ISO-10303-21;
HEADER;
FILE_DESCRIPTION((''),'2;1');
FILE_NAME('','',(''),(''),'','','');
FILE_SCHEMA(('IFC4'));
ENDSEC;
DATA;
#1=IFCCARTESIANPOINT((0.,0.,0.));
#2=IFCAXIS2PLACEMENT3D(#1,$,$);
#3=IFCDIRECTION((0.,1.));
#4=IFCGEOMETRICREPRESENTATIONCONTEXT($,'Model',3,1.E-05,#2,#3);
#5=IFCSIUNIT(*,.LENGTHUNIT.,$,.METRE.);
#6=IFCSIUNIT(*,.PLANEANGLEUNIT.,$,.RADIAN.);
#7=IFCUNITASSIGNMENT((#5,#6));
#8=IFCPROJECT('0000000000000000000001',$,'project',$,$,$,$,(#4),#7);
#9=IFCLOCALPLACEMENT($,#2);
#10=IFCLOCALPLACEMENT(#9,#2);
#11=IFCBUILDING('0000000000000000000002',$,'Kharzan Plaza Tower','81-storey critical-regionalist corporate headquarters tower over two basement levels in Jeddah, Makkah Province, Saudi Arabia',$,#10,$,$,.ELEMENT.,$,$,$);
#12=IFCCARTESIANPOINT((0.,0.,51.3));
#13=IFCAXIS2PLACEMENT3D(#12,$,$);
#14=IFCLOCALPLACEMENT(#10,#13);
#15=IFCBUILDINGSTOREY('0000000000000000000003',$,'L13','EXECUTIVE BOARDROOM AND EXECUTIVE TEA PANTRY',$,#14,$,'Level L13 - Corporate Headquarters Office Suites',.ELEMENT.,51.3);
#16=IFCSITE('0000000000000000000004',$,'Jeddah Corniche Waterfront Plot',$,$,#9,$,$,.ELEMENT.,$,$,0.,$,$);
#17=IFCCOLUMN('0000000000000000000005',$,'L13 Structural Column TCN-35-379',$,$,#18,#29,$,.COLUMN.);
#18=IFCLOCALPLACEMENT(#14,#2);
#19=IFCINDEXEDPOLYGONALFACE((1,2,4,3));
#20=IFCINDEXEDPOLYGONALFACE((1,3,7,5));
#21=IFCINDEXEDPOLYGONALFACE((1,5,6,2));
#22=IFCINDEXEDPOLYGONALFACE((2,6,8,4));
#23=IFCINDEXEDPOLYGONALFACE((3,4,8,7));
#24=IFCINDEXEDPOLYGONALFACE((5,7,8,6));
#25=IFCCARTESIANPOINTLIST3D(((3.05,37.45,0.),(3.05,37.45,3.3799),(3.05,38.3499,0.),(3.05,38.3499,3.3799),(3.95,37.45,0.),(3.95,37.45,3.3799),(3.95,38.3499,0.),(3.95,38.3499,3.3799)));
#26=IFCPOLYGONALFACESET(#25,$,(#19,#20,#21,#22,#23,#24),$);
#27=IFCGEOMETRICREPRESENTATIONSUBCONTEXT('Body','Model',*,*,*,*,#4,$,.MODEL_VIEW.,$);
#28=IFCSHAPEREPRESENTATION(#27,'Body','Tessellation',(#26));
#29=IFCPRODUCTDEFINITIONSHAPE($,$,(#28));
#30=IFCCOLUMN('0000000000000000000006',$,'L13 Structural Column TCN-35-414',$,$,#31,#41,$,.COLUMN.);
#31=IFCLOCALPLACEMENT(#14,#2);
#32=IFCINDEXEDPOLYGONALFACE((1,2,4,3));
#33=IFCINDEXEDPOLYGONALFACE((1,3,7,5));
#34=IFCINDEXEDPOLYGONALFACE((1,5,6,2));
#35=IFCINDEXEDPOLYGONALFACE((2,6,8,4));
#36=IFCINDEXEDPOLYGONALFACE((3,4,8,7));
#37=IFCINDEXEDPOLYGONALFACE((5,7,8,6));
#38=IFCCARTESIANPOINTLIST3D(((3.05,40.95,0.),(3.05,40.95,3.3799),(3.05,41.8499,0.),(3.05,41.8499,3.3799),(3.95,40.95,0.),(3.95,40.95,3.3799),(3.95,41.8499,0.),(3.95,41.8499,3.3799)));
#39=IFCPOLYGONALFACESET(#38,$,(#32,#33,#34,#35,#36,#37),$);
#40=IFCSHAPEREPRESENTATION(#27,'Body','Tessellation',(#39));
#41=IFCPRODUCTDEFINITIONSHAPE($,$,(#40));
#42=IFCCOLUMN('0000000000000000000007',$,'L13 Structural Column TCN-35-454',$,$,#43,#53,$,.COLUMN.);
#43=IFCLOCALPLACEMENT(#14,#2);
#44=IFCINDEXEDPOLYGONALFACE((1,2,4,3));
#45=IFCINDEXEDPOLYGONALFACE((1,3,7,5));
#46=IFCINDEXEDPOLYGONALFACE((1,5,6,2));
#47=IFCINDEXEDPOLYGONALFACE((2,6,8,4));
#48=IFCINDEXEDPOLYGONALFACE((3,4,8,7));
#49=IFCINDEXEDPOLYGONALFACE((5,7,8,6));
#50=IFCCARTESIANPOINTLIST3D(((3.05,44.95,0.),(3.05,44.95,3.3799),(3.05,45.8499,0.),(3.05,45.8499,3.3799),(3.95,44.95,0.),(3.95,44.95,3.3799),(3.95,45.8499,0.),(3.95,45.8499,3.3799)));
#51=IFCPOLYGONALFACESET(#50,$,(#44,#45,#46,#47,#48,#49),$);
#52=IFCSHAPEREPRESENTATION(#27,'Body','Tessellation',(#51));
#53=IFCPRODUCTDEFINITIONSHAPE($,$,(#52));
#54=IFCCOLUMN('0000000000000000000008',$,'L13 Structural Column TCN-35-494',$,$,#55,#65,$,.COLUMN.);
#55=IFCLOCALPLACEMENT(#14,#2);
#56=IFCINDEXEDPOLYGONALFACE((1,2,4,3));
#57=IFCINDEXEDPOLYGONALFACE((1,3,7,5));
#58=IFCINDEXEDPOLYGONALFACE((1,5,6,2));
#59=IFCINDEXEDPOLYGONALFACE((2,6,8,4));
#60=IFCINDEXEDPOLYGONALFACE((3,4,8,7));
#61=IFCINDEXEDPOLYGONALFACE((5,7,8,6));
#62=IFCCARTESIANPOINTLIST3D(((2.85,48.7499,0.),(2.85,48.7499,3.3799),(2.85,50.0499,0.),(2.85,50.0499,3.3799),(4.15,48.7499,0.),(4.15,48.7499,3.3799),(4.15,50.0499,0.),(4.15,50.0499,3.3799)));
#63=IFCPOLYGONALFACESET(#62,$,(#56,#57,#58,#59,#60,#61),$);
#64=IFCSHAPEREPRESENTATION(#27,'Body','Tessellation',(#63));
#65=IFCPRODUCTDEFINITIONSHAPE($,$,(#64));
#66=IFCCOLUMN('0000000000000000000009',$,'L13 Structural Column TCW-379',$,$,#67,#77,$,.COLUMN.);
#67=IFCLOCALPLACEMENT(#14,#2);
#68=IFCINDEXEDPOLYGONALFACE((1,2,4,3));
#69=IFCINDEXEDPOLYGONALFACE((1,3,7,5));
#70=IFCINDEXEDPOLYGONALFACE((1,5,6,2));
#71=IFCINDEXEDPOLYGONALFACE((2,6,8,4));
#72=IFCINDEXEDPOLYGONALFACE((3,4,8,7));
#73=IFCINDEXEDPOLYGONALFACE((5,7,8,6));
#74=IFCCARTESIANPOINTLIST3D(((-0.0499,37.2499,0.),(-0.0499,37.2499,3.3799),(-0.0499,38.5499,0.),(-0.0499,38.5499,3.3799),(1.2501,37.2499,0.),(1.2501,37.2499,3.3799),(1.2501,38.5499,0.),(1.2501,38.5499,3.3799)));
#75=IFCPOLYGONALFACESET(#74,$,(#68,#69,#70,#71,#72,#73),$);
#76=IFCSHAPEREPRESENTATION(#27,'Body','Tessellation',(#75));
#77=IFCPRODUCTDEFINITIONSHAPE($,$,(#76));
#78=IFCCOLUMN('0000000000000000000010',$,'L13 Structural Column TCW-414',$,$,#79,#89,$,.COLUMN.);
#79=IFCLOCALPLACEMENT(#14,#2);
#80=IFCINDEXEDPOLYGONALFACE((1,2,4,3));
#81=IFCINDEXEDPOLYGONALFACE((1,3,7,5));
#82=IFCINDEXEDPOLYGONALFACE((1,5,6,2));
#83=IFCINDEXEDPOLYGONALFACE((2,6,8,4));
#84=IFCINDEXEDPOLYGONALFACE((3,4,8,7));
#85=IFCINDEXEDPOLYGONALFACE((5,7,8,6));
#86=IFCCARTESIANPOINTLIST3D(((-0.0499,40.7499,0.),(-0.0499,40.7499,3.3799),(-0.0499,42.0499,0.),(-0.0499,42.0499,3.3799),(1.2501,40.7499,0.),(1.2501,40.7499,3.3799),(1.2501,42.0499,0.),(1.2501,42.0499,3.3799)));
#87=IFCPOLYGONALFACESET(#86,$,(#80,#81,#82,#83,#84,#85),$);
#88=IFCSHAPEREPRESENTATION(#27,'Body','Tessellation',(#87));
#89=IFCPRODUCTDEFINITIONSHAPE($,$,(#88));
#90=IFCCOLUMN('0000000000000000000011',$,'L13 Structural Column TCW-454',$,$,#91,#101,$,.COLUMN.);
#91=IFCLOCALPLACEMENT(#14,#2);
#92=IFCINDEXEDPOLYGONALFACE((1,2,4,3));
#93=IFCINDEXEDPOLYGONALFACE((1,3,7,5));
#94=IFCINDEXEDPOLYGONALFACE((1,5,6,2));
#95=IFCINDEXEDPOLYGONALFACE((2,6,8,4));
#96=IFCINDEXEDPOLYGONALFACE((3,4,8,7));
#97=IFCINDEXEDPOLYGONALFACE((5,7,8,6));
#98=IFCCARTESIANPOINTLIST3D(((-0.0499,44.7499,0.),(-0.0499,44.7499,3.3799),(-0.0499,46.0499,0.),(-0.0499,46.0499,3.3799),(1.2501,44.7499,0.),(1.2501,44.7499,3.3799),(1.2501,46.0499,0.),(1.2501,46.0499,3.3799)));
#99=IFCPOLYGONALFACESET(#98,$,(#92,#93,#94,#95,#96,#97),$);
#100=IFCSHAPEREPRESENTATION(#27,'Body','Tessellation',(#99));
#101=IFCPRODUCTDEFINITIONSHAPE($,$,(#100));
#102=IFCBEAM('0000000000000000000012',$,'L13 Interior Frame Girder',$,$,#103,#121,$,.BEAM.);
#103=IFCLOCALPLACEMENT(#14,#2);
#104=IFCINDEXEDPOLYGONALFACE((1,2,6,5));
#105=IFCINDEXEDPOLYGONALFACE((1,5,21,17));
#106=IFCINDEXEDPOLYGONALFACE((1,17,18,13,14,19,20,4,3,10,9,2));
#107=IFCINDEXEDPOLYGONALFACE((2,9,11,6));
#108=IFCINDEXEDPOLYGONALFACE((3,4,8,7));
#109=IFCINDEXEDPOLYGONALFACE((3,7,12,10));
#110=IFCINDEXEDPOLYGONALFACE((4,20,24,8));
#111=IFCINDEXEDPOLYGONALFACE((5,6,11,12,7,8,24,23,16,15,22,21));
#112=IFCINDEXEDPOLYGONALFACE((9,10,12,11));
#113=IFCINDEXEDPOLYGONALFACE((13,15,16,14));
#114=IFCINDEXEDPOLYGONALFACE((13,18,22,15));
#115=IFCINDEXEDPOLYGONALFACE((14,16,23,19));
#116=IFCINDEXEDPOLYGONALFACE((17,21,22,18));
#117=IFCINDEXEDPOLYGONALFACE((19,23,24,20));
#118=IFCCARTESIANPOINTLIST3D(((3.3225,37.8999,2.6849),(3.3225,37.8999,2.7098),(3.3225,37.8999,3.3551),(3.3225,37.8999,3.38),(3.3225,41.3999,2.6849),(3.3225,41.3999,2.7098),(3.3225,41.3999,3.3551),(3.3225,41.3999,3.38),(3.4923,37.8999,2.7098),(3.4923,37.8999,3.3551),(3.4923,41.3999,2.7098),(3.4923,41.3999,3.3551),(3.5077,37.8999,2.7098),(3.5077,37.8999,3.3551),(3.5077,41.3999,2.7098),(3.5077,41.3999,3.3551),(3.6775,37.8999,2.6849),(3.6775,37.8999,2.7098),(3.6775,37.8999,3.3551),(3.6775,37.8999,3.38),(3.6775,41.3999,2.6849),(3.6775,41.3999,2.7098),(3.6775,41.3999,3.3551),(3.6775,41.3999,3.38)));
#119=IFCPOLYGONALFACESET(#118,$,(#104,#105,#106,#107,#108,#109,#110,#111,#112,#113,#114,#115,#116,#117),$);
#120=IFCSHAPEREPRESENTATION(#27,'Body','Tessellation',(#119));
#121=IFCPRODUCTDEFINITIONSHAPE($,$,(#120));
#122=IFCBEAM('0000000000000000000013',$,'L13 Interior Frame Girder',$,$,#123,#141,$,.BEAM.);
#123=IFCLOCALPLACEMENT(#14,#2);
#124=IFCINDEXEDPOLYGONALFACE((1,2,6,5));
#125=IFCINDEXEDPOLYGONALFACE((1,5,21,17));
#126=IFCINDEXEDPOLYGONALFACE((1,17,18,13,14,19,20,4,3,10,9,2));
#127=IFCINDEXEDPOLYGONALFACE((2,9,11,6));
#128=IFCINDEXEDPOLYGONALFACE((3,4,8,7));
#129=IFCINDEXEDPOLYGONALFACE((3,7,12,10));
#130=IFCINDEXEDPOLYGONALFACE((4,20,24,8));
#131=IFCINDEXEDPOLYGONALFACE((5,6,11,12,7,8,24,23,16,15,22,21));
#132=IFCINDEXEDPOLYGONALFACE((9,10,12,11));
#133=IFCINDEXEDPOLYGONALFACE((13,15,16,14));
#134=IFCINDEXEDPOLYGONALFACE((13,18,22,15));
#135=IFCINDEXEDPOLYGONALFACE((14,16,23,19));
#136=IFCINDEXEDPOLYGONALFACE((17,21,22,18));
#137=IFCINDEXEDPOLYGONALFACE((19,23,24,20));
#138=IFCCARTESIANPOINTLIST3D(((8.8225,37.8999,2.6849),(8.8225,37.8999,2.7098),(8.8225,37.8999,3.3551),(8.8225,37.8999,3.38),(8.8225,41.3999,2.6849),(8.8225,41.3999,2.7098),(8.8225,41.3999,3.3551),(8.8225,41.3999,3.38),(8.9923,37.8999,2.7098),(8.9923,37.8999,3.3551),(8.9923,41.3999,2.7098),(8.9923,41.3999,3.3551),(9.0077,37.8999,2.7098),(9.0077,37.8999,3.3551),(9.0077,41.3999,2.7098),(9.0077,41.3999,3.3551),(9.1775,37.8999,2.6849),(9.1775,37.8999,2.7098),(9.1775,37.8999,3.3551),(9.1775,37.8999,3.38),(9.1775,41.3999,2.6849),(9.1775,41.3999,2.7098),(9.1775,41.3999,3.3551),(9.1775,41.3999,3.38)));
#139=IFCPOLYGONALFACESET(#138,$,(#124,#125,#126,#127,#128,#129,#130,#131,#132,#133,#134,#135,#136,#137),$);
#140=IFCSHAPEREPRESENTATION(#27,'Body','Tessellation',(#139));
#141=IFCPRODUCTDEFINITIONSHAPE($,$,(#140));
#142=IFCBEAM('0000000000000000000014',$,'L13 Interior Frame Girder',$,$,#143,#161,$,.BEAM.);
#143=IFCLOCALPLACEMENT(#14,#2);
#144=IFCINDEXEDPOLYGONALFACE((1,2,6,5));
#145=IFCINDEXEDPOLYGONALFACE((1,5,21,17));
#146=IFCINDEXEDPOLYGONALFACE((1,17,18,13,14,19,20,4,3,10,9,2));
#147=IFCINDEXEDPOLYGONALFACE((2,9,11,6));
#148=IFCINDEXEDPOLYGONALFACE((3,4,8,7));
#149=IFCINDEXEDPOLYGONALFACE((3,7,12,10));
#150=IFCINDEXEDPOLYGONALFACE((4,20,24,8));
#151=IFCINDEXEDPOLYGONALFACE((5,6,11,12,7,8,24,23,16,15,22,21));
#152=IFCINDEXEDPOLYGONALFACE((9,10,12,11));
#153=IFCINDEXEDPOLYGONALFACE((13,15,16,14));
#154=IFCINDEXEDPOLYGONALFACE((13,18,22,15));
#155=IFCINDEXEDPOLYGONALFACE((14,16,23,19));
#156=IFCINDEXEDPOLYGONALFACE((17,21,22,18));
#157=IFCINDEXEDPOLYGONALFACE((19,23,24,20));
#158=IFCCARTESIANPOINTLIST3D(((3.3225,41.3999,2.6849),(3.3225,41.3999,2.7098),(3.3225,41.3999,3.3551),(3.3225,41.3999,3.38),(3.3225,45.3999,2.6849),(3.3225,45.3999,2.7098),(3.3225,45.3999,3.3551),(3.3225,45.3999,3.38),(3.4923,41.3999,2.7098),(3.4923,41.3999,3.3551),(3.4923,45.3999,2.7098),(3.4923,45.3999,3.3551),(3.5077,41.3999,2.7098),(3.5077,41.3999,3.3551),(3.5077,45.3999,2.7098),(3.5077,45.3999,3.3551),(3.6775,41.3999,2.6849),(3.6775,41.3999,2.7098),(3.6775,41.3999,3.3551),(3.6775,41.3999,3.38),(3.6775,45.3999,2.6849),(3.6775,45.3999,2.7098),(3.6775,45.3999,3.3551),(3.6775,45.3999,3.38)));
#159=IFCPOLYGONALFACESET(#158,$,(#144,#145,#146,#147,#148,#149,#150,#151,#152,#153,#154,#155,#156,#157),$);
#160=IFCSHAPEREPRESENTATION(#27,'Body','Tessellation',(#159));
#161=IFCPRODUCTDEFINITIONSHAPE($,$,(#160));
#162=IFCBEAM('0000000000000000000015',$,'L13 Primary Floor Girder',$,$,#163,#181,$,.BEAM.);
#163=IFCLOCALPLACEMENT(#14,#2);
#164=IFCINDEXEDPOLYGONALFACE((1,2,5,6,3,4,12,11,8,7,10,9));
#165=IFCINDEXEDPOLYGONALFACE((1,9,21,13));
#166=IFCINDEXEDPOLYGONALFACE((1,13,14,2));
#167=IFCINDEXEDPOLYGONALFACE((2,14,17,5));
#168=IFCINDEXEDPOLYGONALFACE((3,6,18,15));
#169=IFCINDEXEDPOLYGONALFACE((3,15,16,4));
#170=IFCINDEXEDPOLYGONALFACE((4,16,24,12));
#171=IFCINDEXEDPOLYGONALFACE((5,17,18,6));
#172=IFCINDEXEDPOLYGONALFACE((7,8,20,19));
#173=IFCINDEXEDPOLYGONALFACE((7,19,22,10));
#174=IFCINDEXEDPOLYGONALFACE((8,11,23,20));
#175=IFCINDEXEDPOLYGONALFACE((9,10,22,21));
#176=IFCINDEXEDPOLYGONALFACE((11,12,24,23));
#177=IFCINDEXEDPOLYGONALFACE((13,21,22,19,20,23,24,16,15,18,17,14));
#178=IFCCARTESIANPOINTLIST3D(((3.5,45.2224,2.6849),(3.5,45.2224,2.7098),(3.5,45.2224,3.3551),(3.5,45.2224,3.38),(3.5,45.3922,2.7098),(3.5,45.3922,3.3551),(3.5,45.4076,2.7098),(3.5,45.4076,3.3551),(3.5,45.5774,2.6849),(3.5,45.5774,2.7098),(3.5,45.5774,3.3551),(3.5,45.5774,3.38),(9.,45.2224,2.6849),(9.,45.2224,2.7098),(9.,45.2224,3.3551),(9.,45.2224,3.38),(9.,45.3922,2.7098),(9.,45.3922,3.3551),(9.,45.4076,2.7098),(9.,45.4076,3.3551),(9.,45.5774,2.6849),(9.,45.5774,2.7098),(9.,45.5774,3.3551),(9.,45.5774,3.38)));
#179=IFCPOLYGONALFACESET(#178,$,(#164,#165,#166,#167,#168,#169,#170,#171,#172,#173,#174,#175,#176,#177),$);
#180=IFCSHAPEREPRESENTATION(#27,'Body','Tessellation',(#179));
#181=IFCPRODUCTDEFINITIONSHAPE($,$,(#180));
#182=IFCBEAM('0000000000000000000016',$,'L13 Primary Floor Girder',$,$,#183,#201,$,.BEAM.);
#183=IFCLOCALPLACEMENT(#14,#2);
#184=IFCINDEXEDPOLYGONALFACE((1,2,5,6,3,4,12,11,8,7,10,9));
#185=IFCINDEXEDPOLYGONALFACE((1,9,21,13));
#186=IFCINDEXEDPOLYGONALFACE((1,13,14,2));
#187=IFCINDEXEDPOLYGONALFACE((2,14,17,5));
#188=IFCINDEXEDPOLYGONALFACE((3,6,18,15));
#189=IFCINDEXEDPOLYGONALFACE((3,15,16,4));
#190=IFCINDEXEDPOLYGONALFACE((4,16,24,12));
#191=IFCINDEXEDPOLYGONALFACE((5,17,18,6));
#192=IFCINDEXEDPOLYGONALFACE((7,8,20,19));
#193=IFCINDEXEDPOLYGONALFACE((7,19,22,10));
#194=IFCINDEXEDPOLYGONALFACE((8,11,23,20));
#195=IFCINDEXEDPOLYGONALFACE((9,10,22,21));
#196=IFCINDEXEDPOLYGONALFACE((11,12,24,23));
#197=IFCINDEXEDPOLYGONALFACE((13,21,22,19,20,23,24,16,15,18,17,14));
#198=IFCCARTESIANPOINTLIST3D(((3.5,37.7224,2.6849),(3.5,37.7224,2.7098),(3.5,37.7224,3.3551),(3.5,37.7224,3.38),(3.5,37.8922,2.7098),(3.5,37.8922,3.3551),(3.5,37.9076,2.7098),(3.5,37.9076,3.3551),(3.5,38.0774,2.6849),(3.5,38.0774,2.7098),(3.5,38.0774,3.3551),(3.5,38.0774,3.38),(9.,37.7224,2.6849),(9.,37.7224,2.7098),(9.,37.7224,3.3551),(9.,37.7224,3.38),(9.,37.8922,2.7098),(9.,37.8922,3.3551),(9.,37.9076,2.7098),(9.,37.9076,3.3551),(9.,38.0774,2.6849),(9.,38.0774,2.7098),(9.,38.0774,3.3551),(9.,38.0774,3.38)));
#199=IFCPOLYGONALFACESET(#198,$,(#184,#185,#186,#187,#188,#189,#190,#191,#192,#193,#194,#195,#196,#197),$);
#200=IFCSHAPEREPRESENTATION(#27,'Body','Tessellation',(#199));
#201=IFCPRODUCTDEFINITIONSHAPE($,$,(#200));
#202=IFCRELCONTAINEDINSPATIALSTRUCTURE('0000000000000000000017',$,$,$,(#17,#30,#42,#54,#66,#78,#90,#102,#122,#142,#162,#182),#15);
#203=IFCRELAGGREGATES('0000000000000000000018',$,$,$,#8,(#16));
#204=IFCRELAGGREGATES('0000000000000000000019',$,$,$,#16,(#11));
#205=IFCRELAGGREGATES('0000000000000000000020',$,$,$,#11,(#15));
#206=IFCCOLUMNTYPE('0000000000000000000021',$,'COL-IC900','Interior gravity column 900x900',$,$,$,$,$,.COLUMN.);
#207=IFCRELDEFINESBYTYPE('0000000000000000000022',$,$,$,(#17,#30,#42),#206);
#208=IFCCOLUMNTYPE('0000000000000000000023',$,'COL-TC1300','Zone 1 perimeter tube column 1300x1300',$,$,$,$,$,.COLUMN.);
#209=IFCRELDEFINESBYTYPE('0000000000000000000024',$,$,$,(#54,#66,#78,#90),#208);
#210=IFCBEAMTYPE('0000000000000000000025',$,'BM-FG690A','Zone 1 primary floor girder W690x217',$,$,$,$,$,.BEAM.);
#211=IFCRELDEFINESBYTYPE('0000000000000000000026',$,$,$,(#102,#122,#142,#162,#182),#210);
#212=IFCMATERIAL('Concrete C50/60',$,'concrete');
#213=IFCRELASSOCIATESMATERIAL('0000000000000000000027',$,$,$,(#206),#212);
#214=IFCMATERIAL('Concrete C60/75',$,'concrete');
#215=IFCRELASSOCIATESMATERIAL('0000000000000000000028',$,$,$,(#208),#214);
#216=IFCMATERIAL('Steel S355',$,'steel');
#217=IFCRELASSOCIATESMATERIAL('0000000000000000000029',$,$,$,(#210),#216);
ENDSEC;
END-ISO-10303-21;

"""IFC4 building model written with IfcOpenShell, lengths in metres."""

from ifc_helpers import new_model, si_unit, direction, frame, origin, origin_2d, place, context, subcontext, project, spatial, rectangle, i_section, extrude, source, transform, mapped, material, material_profile, profile_set, type_object, element, save


model = new_model("IFC4")

# Units and contexts
model_context = context("Model", 3, precision=1e-05, world=origin(), true_north=direction((0.0, 1.0)))
body_context = subcontext(model_context, "Body", "Model", "MODEL_VIEW")
ifc_project = project(units=[si_unit("LENGTHUNIT", "METRE"), si_unit("PLANEANGLEUNIT", "RADIAN")], contexts=[model_context])

# Site, building, storey
site_placement = place(None, origin())
site = spatial("IfcSite", under=ifc_project, at=site_placement, Name="Jeddah Corniche Waterfront Plot", CompositionType="ELEMENT", RefElevation=0.0)
building_placement = place(site_placement, origin())
building = spatial("IfcBuilding", under=site, at=building_placement, Name="Kharzan Plaza Tower", Description="81-storey critical-regionalist corporate headquarters tower over two basement levels in Jeddah, Makkah Province, Saudi Arabia", CompositionType="ELEMENT")
storey_placement = place(building_placement, frame((0.0, 0.0, 51.3)))
storey = spatial("IfcBuildingStorey", under=building, at=storey_placement, Name="L13", Description="EXECUTIVE BOARDROOM AND EXECUTIVE TEA PANTRY", LongName="Level L13 - Corporate Headquarters Office Suites", CompositionType="ELEMENT", Elevation=51.3)

# Columns
ifc_material_1 = material(Name="Concrete C50/60", Category="concrete")
ifc_material_profile_1 = material_profile(ifc_material_1, rectangle(XDim=0.8999, YDim=0.8999, at=origin_2d()), Name="RC-IC900x900")
ifc_profile_set_1 = profile_set([ifc_material_profile_1], Name="Concrete C50/60")
column_type_1 = type_object("IfcColumnType", Name="COL-IC900", Description="Interior gravity column 900x900", PredefinedType="COLUMN", material=ifc_profile_set_1)
shared_shape_1 = source(origin(), body_context, "Body", "SweptSolid", [
    extrude(rectangle(XDim=0.8999, YDim=0.8999, at=origin_2d()), origin(), (0.0, 0.0, 1.0), 3.3799),
])
for number, where, z_axis, x_axis, name in (
    (1, (3.5, 37.8999, 0.0), (0.0, 0.0, 1.0), (1.0, 0.0, 0.0), "L13 Structural Column TCN-35-379"),
    (2, (3.5, 41.3999, 0.0), (0.0, 0.0, 1.0), (1.0, 0.0, 0.0), "L13 Structural Column TCN-35-414"),
    (3, (3.5, 45.3999, 0.0), (0.0, 0.0, 1.0), (1.0, 0.0, 0.0), "L13 Structural Column TCN-35-454"),
):
    element("IfcColumn", number, at=place(storey_placement, frame(where, z_axis=z_axis, x_axis=x_axis)), inside=storey, type_object=column_type_1, Name=name, PredefinedType="COLUMN", context=body_context, shape_type="MappedRepresentation", body=[
        mapped(shared_shape_1, transform((0.0, 0.0, 0.0), x_axis=(1.0, 0.0, 0.0), y_axis=(0.0, 1.0, 0.0), z_axis=(0.0, 0.0, 1.0))),
    ])
ifc_material_2 = material(Name="Concrete C60/75", Category="concrete")
ifc_material_profile_2 = material_profile(ifc_material_2, rectangle(XDim=1.3, YDim=1.3, at=origin_2d()), Name="RC-TC1300x1300")
ifc_profile_set_2 = profile_set([ifc_material_profile_2], Name="Concrete C60/75")
column_type_2 = type_object("IfcColumnType", Name="COL-TC1300", Description="Zone 1 perimeter tube column 1300x1300", PredefinedType="COLUMN", material=ifc_profile_set_2)
shared_shape_2 = source(origin(), body_context, "Body", "SweptSolid", [
    extrude(rectangle(XDim=1.3, YDim=1.3, at=origin_2d()), origin(), (0.0, 0.0, 1.0), 3.3799),
])
for number, where, z_axis, x_axis, name in (
    (4, (3.5, 49.3999, 0.0), (0.0, 0.0, 1.0), (1.0, 0.0, 0.0), "L13 Structural Column TCN-35-494"),
    (5, (0.6001, 37.8999, 0.0), (0.0, 0.0, 1.0), (1.0, 0.0, 0.0), "L13 Structural Column TCW-379"),
    (6, (0.6001, 41.3999, 0.0), (0.0, 0.0, 1.0), (1.0, 0.0, 0.0), "L13 Structural Column TCW-414"),
    (7, (0.6001, 45.3999, 0.0), (0.0, 0.0, 1.0), (1.0, 0.0, 0.0), "L13 Structural Column TCW-454"),
):
    element("IfcColumn", number, at=place(storey_placement, frame(where, z_axis=z_axis, x_axis=x_axis)), inside=storey, type_object=column_type_2, Name=name, PredefinedType="COLUMN", context=body_context, shape_type="MappedRepresentation", body=[
        mapped(shared_shape_2, transform((0.0, 0.0, 0.0), x_axis=(1.0, 0.0, 0.0), y_axis=(0.0, 1.0, 0.0), z_axis=(0.0, 0.0, 1.0))),
    ])

# Beams
ifc_material_3 = material(Name="Steel S355", Category="steel")
ifc_material_profile_3 = material_profile(ifc_material_3, i_section(OverallWidth=0.355, OverallDepth=0.6951, WebThickness=0.0154, FlangeThickness=0.0249, at=origin_2d()), Name="W690x217")
ifc_profile_set_3 = profile_set([ifc_material_profile_3], Name="Steel S355")
beam_type_1 = type_object("IfcBeamType", Name="BM-FG690A", Description="Zone 1 primary floor girder W690x217", PredefinedType="BEAM", material=ifc_profile_set_3)
shared_shape_3 = source(origin(), body_context, "Body", "SweptSolid", [
    extrude(i_section(OverallWidth=0.355, OverallDepth=0.6951, WebThickness=0.0154, FlangeThickness=0.0249, at=origin_2d()), origin(), (0.0, 0.0, 1.0), 3.5),
])
for number, where, z_axis, x_axis, name in (
    (8, (3.5, 37.8999, 3.0325), (0.0, 1.0, 0.0), (-1.0, 0.0, 0.0), "L13 Interior Frame Girder"),
    (9, (9.0, 37.8999, 3.0325), (0.0, 1.0, 0.0), (-1.0, 0.0, 0.0), "L13 Interior Frame Girder"),
):
    element("IfcBeam", number, at=place(storey_placement, frame(where, z_axis=z_axis, x_axis=x_axis)), inside=storey, type_object=beam_type_1, Name=name, PredefinedType="BEAM", context=body_context, shape_type="MappedRepresentation", body=[
        mapped(shared_shape_3, transform((0.0, 0.0, 0.0), x_axis=(1.0, 0.0, 0.0), y_axis=(0.0, 1.0, 0.0), z_axis=(0.0, 0.0, 1.0))),
    ])
shared_shape_4 = source(origin(), body_context, "Body", "SweptSolid", [
    extrude(i_section(OverallWidth=0.355, OverallDepth=0.6951, WebThickness=0.0154, FlangeThickness=0.0249, at=origin_2d()), origin(), (0.0, 0.0, 1.0), 4.0),
])
beam_1_placement = place(storey_placement, frame((3.5, 41.3999, 3.0325), z_axis=(0.0, 1.0, 0.0), x_axis=(-1.0, 0.0, 0.0)))
element("IfcBeam", 10, at=beam_1_placement, inside=storey, type_object=beam_type_1, Name="L13 Interior Frame Girder", PredefinedType="BEAM", context=body_context, shape_type="MappedRepresentation", body=[
    mapped(shared_shape_4, transform((0.0, 0.0, 0.0), x_axis=(1.0, 0.0, 0.0), y_axis=(0.0, 1.0, 0.0), z_axis=(0.0, 0.0, 1.0))),
])
shared_shape_5 = source(origin(), body_context, "Body", "SweptSolid", [
    extrude(i_section(OverallWidth=0.355, OverallDepth=0.6951, WebThickness=0.0154, FlangeThickness=0.0249, at=origin_2d()), origin(), (0.0, 0.0, 1.0), 5.5),
])
for number, where, z_axis, x_axis, name in (
    (11, (3.5, 45.3999, 3.0325), (1.0, 0.0, 0.0), (0.0, 1.0, 0.0), "L13 Primary Floor Girder"),
    (12, (3.5, 37.8999, 3.0325), (1.0, 0.0, 0.0), (0.0, 1.0, 0.0), "L13 Primary Floor Girder"),
):
    element("IfcBeam", number, at=place(storey_placement, frame(where, z_axis=z_axis, x_axis=x_axis)), inside=storey, type_object=beam_type_1, Name=name, PredefinedType="BEAM", context=body_context, shape_type="MappedRepresentation", body=[
        mapped(shared_shape_5, transform((0.0, 0.0, 0.0), x_axis=(1.0, 0.0, 0.0), y_axis=(0.0, 1.0, 0.0), z_axis=(0.0, 0.0, 1.0))),
    ])

save(model, "model.ifc")
